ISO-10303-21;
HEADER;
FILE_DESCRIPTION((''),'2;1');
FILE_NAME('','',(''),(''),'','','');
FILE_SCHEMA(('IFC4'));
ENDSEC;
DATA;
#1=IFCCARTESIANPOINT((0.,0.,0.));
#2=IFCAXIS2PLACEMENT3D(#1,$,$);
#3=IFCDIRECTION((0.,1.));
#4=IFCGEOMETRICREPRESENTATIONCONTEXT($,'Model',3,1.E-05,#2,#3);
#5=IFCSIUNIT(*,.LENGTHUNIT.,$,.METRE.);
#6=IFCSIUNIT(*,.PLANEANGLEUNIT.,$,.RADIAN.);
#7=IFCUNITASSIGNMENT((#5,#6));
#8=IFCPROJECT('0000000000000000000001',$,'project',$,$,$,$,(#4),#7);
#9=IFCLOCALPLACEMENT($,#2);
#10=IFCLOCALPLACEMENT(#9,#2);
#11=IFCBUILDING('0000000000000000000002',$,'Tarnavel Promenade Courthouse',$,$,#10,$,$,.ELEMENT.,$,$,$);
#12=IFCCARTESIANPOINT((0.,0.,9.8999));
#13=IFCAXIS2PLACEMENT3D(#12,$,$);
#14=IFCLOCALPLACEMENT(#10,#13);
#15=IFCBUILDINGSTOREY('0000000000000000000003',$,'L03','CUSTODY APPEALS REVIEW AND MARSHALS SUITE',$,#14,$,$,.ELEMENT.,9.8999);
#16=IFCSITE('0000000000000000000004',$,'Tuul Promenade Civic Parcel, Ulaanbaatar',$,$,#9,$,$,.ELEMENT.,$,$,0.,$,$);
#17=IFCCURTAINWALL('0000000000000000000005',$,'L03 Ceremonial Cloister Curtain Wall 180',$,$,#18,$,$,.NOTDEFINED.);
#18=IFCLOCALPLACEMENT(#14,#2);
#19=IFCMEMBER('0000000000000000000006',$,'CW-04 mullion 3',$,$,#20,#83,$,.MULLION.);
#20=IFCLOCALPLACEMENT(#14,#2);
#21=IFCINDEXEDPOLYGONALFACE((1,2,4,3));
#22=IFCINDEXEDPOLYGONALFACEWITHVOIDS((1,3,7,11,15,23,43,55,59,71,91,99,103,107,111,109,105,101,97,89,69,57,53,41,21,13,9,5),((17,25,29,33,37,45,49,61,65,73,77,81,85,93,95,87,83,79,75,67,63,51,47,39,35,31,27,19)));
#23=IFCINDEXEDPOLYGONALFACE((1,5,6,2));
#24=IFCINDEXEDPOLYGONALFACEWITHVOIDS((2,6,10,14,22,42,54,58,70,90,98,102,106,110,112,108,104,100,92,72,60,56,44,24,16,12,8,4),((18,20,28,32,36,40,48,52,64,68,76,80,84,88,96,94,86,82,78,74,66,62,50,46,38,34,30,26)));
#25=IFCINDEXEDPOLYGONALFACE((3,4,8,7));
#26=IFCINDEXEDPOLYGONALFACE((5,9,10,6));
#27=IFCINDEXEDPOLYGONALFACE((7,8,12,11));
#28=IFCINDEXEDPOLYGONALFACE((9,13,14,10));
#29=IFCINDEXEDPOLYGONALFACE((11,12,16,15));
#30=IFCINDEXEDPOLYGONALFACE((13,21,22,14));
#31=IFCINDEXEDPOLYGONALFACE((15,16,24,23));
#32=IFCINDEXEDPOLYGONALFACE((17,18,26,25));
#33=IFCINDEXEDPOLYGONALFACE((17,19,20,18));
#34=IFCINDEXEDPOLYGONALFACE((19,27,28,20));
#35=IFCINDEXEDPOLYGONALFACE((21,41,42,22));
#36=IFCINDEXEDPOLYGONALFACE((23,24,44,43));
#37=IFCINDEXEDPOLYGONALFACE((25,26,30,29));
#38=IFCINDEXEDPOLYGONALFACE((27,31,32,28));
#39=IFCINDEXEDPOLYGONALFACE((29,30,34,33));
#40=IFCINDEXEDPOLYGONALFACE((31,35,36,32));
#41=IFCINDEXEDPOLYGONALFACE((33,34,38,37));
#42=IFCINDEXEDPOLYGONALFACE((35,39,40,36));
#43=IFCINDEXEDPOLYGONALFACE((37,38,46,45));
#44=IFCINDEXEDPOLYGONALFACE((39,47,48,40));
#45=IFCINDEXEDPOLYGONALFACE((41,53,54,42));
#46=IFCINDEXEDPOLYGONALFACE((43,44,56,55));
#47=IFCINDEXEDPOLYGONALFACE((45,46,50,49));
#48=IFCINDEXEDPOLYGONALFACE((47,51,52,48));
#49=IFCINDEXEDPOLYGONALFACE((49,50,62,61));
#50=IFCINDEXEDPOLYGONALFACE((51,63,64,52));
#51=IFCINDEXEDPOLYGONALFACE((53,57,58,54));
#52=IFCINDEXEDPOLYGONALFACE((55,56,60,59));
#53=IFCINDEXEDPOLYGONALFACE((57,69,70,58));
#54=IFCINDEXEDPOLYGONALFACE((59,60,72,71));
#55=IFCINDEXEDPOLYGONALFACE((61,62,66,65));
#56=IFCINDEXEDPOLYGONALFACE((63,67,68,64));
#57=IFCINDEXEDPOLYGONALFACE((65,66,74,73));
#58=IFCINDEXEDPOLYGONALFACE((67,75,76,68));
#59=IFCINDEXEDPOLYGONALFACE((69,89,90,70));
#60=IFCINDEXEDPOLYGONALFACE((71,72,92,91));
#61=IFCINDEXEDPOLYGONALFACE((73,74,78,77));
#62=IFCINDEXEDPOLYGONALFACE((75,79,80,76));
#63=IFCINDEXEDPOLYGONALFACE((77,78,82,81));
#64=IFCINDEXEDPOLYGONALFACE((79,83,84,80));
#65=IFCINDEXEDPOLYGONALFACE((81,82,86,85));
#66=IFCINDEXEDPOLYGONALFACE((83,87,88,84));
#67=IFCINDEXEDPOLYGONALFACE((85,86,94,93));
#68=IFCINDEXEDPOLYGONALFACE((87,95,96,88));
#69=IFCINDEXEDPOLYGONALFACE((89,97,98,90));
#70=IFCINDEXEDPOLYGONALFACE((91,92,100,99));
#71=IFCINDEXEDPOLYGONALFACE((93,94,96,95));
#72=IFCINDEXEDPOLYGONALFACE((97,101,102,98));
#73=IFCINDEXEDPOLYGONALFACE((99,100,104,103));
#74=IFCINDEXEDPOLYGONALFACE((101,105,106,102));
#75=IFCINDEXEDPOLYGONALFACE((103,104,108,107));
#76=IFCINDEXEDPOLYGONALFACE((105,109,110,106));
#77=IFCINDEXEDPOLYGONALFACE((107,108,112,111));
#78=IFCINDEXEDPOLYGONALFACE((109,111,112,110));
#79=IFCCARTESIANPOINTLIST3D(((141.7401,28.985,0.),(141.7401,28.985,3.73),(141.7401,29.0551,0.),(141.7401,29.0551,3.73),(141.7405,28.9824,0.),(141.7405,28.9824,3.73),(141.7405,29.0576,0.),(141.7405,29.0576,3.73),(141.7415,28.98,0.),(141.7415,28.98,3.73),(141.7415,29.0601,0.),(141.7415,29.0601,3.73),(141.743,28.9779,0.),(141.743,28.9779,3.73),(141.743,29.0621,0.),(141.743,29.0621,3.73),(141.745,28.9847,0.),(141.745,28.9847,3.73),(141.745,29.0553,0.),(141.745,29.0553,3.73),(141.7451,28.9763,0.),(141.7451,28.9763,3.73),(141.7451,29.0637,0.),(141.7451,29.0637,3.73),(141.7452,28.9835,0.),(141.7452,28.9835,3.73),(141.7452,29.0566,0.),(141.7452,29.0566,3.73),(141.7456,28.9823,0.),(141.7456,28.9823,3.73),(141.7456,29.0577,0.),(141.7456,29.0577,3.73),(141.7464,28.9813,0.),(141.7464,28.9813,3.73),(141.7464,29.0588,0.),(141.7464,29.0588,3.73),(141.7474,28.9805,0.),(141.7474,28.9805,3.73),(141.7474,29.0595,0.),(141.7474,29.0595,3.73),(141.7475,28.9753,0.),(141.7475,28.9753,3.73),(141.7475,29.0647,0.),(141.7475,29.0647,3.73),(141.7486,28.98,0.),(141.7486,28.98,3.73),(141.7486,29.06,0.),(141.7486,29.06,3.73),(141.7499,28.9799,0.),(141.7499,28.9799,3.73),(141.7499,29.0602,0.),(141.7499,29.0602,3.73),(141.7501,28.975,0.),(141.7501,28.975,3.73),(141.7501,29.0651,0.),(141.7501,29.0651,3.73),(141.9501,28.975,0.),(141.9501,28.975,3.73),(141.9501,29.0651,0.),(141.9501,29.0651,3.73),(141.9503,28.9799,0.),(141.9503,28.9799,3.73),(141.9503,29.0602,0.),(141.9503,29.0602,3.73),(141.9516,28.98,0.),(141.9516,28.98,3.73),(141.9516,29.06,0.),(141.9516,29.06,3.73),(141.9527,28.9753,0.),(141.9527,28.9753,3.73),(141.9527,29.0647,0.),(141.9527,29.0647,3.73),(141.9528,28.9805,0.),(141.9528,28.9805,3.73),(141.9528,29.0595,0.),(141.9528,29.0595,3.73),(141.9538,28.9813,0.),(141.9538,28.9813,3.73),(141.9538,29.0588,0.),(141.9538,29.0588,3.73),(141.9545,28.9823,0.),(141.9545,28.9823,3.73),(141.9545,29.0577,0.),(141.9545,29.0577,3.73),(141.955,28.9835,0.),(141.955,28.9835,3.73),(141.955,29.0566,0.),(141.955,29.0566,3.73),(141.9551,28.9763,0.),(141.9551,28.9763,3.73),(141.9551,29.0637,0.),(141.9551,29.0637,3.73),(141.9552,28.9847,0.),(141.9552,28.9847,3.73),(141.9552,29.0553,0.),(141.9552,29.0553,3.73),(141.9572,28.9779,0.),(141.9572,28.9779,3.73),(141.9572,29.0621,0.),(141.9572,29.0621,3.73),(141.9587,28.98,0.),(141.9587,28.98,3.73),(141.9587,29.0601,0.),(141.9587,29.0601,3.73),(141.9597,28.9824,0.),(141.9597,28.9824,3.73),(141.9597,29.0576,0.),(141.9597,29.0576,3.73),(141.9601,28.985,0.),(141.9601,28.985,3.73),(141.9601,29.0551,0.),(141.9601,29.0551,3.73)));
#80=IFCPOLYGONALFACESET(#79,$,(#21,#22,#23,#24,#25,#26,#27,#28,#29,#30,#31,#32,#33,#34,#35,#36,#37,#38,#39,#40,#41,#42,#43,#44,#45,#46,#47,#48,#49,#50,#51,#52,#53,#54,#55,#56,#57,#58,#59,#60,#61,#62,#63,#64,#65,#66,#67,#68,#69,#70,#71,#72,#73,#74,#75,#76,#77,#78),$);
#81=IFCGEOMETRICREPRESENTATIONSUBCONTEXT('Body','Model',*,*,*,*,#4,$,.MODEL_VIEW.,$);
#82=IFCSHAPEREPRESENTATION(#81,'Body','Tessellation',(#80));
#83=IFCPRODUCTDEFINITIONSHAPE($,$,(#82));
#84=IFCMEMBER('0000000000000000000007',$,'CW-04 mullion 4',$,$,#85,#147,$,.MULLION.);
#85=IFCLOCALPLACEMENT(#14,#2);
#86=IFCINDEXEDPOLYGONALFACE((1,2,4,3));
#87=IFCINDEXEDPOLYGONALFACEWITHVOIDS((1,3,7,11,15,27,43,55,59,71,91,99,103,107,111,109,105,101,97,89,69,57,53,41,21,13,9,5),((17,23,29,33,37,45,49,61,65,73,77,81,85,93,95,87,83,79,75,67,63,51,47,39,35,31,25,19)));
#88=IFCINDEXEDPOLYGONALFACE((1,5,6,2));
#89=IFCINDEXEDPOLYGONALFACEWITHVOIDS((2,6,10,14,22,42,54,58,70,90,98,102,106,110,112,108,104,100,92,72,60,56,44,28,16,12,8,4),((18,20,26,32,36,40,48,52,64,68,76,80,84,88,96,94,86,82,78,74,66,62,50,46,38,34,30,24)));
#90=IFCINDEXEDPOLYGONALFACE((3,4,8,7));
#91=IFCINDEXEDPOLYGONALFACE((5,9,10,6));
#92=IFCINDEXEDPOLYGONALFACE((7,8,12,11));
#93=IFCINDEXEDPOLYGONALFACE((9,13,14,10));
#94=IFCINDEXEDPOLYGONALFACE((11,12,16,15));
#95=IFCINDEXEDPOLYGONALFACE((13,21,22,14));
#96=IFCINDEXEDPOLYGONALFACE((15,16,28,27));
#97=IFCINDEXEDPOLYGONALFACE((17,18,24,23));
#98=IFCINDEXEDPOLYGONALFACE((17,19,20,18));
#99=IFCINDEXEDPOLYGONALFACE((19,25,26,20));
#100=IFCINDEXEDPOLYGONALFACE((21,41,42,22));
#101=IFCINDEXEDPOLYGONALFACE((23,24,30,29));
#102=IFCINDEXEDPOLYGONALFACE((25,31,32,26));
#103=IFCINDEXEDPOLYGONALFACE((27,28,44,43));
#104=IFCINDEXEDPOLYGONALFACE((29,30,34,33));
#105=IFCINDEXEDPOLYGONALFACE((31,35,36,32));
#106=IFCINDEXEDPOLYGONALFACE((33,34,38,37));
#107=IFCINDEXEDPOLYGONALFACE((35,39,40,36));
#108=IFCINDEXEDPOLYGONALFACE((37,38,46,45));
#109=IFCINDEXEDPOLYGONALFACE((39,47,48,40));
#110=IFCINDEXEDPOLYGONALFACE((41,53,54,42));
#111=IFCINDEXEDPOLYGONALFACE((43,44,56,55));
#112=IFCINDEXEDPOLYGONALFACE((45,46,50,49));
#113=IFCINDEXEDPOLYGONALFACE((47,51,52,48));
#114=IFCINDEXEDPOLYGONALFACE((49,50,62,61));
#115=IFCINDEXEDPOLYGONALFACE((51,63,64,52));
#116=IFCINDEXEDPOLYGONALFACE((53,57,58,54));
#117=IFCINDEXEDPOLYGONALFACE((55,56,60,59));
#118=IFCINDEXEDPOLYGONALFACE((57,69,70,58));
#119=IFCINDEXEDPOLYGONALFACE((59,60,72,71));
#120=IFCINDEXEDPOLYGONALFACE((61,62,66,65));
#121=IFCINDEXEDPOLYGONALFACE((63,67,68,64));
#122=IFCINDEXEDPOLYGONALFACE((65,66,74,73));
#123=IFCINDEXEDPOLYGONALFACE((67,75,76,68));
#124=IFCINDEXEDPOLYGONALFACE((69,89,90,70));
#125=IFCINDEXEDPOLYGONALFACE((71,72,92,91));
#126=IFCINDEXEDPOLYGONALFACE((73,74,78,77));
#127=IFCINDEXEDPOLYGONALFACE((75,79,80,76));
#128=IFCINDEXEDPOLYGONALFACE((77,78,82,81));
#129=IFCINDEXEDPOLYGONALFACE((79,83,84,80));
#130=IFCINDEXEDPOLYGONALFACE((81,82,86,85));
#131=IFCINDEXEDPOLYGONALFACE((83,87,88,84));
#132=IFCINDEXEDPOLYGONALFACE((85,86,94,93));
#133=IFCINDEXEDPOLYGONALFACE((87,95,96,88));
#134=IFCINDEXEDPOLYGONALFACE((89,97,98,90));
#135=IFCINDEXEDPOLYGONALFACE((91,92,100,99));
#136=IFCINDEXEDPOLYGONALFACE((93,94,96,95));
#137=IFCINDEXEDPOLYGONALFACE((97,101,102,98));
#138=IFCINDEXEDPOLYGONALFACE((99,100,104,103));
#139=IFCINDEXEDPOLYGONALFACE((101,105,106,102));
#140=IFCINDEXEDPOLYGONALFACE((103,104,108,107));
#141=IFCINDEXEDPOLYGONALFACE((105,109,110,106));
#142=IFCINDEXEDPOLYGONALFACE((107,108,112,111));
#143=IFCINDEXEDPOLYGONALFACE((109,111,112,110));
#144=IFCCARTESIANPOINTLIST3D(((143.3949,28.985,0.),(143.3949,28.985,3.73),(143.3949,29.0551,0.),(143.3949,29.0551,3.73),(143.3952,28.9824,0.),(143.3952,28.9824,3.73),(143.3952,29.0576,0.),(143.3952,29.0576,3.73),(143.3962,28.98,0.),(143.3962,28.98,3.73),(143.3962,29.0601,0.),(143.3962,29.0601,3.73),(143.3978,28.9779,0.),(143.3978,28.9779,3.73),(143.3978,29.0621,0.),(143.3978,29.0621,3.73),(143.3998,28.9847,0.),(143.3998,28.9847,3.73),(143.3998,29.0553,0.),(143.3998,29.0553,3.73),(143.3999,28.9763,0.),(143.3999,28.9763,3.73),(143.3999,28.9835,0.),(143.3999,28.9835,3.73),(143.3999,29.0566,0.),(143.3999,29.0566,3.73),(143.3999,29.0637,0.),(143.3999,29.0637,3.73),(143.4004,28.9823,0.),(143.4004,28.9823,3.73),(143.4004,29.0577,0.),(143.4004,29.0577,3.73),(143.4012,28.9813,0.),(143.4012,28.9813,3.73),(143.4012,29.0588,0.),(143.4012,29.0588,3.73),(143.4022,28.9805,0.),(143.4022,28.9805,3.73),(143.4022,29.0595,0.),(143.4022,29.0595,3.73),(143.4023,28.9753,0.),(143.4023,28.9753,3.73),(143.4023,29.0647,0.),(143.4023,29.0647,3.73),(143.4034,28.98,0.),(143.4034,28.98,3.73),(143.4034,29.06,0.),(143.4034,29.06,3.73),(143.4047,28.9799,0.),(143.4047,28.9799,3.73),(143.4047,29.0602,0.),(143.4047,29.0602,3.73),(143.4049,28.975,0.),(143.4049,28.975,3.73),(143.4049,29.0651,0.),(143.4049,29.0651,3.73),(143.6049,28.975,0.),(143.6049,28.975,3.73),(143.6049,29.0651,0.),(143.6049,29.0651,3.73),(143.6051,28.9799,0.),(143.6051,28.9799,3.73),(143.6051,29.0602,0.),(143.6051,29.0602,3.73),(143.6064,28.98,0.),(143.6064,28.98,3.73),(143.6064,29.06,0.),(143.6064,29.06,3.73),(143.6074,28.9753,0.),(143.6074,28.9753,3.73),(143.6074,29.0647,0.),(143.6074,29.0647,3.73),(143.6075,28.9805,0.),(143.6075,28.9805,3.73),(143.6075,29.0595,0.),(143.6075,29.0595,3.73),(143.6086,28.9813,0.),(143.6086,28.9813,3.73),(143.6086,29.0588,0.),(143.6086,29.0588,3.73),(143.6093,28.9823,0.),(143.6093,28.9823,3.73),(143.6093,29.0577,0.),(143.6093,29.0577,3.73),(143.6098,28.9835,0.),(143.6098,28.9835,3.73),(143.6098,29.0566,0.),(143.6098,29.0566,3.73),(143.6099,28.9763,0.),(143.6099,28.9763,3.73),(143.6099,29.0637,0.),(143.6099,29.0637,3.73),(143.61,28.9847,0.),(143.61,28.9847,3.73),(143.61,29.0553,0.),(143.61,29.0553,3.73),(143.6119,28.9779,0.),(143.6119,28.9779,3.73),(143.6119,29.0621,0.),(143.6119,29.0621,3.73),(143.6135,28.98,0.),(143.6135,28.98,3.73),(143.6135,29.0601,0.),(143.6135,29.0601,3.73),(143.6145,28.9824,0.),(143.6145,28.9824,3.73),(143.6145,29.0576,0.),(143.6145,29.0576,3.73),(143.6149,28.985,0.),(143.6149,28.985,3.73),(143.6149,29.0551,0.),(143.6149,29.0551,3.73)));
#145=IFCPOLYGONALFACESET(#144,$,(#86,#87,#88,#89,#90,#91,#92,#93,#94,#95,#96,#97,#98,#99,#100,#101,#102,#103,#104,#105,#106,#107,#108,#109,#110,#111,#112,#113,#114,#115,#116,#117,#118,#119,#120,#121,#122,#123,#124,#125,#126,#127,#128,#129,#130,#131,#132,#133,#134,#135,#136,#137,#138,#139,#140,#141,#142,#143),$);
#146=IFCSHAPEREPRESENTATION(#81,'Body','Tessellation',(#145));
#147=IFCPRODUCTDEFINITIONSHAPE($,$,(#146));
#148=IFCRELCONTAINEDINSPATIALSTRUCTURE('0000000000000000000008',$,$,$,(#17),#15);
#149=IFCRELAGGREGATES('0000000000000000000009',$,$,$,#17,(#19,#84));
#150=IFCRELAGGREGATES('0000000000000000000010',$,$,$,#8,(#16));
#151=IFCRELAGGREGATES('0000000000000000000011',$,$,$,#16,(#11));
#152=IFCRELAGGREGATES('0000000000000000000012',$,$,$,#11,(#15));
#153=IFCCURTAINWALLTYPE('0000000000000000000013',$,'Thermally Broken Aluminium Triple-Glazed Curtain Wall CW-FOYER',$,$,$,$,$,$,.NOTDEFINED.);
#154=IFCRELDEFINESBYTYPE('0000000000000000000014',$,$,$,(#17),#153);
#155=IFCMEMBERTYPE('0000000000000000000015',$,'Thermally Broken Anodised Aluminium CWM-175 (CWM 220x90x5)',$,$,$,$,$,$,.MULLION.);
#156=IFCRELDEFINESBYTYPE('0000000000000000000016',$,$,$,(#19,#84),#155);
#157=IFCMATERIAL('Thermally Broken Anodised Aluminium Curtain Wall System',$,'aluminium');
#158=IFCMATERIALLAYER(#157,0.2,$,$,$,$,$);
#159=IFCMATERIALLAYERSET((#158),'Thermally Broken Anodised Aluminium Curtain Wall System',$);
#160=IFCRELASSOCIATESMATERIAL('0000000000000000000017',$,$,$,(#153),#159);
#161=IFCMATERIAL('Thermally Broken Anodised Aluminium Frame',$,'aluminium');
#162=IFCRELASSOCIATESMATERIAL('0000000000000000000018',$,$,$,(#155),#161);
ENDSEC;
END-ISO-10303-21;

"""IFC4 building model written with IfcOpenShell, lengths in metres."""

from ifc_helpers import new_model, si_unit, direction, frame, origin, origin_2d, place, context, subcontext, project, spatial, hollow_rectangle, extrude, material, layer, layer_set, material_profile, profile_set, type_object, element, aggregate, save


model = new_model("IFC4")

# Units and contexts
model_context = context("Model", 3, precision=1e-05, world=origin(), true_north=direction((0.0, 1.0)))
body_context = subcontext(model_context, "Body", "Model", "MODEL_VIEW")
ifc_project = project(units=[si_unit("LENGTHUNIT", "METRE"), si_unit("PLANEANGLEUNIT", "RADIAN")], contexts=[model_context])

# Site, building, storey
site_placement = place(None, origin())
site = spatial("IfcSite", under=ifc_project, at=site_placement, Name="Tuul Promenade Civic Parcel, Ulaanbaatar", CompositionType="ELEMENT", RefElevation=0.0)
building_placement = place(site_placement, origin())
building = spatial("IfcBuilding", under=site, at=building_placement, Name="Tarnavel Promenade Courthouse", CompositionType="ELEMENT")
storey_placement = place(building_placement, frame((0.0, 0.0, 9.8999)))
storey = spatial("IfcBuildingStorey", under=building, at=storey_placement, Name="L03", Description="CUSTODY APPEALS REVIEW AND MARSHALS SUITE", CompositionType="ELEMENT", Elevation=9.8999)

# Curtain wall, members
ifc_material_1 = material(Name="Thermally Broken Anodised Aluminium Curtain Wall System", Category="aluminium")
ifc_layer_1 = layer(ifc_material_1, 0.2)
ifc_layer_set_1 = layer_set([ifc_layer_1], Name="Thermally Broken Anodised Aluminium Curtain Wall System")
curtain_wall_type = type_object("IfcCurtainWallType", Name="Thermally Broken Aluminium Triple-Glazed Curtain Wall CW-FOYER", PredefinedType="NOTDEFINED", material=ifc_layer_set_1)
curtain_wall_placement = place(storey_placement, origin())
curtain_wall = element("IfcCurtainWall", 1, at=curtain_wall_placement, inside=storey, type_object=curtain_wall_type, Name="L03 Ceremonial Cloister Curtain Wall 180", PredefinedType="NOTDEFINED")
ifc_material_2 = material(Name="Thermally Broken Anodised Aluminium Frame", Category="aluminium")
ifc_material_profile_1 = material_profile(ifc_material_2, hollow_rectangle(XDim=0.0901, YDim=0.22, WallThickness=0.0049, InnerFilletRadius=0.0049, OuterFilletRadius=0.01, at=origin_2d()), Name="CWM 220x90x5")
ifc_profile_set_1 = profile_set([ifc_material_profile_1], Name="Thermally Broken Anodised Aluminium Frame")
member_type_1 = type_object("IfcMemberType", Name="Thermally Broken Anodised Aluminium CWM-175 (CWM 220x90x5)", PredefinedType="MULLION", material=ifc_profile_set_1)
member_1_placement = place(storey_placement, frame((141.8501, 29.02, 0.0), z_axis=(0.0, 0.0, 1.0), x_axis=(0.0, 1.0, 0.0)))
member_1 = element("IfcMember", 2, at=member_1_placement, type_object=member_type_1, Name="CW-04 mullion 3", PredefinedType="MULLION", context=body_context, shape_type="SweptSolid", body=[
    extrude(hollow_rectangle(XDim=0.0901, YDim=0.22, WallThickness=0.0049, InnerFilletRadius=0.0049, OuterFilletRadius=0.01, at=origin_2d()), origin(), (0.0, 0.0, 1.0), 3.73),
])
member_2_placement = place(storey_placement, frame((143.5049, 29.02, 0.0), z_axis=(0.0, 0.0, 1.0), x_axis=(0.0, 1.0, 0.0)))
member_2 = element("IfcMember", 3, at=member_2_placement, type_object=member_type_1, Name="CW-04 mullion 4", PredefinedType="MULLION", context=body_context, shape_type="SweptSolid", body=[
    extrude(hollow_rectangle(XDim=0.0901, YDim=0.22, WallThickness=0.0049, InnerFilletRadius=0.0049, OuterFilletRadius=0.01, at=origin_2d()), origin(), (0.0, 0.0, 1.0), 3.73),
])
aggregate(curtain_wall, [member_1, member_2])

save(model, "model.ifc")
